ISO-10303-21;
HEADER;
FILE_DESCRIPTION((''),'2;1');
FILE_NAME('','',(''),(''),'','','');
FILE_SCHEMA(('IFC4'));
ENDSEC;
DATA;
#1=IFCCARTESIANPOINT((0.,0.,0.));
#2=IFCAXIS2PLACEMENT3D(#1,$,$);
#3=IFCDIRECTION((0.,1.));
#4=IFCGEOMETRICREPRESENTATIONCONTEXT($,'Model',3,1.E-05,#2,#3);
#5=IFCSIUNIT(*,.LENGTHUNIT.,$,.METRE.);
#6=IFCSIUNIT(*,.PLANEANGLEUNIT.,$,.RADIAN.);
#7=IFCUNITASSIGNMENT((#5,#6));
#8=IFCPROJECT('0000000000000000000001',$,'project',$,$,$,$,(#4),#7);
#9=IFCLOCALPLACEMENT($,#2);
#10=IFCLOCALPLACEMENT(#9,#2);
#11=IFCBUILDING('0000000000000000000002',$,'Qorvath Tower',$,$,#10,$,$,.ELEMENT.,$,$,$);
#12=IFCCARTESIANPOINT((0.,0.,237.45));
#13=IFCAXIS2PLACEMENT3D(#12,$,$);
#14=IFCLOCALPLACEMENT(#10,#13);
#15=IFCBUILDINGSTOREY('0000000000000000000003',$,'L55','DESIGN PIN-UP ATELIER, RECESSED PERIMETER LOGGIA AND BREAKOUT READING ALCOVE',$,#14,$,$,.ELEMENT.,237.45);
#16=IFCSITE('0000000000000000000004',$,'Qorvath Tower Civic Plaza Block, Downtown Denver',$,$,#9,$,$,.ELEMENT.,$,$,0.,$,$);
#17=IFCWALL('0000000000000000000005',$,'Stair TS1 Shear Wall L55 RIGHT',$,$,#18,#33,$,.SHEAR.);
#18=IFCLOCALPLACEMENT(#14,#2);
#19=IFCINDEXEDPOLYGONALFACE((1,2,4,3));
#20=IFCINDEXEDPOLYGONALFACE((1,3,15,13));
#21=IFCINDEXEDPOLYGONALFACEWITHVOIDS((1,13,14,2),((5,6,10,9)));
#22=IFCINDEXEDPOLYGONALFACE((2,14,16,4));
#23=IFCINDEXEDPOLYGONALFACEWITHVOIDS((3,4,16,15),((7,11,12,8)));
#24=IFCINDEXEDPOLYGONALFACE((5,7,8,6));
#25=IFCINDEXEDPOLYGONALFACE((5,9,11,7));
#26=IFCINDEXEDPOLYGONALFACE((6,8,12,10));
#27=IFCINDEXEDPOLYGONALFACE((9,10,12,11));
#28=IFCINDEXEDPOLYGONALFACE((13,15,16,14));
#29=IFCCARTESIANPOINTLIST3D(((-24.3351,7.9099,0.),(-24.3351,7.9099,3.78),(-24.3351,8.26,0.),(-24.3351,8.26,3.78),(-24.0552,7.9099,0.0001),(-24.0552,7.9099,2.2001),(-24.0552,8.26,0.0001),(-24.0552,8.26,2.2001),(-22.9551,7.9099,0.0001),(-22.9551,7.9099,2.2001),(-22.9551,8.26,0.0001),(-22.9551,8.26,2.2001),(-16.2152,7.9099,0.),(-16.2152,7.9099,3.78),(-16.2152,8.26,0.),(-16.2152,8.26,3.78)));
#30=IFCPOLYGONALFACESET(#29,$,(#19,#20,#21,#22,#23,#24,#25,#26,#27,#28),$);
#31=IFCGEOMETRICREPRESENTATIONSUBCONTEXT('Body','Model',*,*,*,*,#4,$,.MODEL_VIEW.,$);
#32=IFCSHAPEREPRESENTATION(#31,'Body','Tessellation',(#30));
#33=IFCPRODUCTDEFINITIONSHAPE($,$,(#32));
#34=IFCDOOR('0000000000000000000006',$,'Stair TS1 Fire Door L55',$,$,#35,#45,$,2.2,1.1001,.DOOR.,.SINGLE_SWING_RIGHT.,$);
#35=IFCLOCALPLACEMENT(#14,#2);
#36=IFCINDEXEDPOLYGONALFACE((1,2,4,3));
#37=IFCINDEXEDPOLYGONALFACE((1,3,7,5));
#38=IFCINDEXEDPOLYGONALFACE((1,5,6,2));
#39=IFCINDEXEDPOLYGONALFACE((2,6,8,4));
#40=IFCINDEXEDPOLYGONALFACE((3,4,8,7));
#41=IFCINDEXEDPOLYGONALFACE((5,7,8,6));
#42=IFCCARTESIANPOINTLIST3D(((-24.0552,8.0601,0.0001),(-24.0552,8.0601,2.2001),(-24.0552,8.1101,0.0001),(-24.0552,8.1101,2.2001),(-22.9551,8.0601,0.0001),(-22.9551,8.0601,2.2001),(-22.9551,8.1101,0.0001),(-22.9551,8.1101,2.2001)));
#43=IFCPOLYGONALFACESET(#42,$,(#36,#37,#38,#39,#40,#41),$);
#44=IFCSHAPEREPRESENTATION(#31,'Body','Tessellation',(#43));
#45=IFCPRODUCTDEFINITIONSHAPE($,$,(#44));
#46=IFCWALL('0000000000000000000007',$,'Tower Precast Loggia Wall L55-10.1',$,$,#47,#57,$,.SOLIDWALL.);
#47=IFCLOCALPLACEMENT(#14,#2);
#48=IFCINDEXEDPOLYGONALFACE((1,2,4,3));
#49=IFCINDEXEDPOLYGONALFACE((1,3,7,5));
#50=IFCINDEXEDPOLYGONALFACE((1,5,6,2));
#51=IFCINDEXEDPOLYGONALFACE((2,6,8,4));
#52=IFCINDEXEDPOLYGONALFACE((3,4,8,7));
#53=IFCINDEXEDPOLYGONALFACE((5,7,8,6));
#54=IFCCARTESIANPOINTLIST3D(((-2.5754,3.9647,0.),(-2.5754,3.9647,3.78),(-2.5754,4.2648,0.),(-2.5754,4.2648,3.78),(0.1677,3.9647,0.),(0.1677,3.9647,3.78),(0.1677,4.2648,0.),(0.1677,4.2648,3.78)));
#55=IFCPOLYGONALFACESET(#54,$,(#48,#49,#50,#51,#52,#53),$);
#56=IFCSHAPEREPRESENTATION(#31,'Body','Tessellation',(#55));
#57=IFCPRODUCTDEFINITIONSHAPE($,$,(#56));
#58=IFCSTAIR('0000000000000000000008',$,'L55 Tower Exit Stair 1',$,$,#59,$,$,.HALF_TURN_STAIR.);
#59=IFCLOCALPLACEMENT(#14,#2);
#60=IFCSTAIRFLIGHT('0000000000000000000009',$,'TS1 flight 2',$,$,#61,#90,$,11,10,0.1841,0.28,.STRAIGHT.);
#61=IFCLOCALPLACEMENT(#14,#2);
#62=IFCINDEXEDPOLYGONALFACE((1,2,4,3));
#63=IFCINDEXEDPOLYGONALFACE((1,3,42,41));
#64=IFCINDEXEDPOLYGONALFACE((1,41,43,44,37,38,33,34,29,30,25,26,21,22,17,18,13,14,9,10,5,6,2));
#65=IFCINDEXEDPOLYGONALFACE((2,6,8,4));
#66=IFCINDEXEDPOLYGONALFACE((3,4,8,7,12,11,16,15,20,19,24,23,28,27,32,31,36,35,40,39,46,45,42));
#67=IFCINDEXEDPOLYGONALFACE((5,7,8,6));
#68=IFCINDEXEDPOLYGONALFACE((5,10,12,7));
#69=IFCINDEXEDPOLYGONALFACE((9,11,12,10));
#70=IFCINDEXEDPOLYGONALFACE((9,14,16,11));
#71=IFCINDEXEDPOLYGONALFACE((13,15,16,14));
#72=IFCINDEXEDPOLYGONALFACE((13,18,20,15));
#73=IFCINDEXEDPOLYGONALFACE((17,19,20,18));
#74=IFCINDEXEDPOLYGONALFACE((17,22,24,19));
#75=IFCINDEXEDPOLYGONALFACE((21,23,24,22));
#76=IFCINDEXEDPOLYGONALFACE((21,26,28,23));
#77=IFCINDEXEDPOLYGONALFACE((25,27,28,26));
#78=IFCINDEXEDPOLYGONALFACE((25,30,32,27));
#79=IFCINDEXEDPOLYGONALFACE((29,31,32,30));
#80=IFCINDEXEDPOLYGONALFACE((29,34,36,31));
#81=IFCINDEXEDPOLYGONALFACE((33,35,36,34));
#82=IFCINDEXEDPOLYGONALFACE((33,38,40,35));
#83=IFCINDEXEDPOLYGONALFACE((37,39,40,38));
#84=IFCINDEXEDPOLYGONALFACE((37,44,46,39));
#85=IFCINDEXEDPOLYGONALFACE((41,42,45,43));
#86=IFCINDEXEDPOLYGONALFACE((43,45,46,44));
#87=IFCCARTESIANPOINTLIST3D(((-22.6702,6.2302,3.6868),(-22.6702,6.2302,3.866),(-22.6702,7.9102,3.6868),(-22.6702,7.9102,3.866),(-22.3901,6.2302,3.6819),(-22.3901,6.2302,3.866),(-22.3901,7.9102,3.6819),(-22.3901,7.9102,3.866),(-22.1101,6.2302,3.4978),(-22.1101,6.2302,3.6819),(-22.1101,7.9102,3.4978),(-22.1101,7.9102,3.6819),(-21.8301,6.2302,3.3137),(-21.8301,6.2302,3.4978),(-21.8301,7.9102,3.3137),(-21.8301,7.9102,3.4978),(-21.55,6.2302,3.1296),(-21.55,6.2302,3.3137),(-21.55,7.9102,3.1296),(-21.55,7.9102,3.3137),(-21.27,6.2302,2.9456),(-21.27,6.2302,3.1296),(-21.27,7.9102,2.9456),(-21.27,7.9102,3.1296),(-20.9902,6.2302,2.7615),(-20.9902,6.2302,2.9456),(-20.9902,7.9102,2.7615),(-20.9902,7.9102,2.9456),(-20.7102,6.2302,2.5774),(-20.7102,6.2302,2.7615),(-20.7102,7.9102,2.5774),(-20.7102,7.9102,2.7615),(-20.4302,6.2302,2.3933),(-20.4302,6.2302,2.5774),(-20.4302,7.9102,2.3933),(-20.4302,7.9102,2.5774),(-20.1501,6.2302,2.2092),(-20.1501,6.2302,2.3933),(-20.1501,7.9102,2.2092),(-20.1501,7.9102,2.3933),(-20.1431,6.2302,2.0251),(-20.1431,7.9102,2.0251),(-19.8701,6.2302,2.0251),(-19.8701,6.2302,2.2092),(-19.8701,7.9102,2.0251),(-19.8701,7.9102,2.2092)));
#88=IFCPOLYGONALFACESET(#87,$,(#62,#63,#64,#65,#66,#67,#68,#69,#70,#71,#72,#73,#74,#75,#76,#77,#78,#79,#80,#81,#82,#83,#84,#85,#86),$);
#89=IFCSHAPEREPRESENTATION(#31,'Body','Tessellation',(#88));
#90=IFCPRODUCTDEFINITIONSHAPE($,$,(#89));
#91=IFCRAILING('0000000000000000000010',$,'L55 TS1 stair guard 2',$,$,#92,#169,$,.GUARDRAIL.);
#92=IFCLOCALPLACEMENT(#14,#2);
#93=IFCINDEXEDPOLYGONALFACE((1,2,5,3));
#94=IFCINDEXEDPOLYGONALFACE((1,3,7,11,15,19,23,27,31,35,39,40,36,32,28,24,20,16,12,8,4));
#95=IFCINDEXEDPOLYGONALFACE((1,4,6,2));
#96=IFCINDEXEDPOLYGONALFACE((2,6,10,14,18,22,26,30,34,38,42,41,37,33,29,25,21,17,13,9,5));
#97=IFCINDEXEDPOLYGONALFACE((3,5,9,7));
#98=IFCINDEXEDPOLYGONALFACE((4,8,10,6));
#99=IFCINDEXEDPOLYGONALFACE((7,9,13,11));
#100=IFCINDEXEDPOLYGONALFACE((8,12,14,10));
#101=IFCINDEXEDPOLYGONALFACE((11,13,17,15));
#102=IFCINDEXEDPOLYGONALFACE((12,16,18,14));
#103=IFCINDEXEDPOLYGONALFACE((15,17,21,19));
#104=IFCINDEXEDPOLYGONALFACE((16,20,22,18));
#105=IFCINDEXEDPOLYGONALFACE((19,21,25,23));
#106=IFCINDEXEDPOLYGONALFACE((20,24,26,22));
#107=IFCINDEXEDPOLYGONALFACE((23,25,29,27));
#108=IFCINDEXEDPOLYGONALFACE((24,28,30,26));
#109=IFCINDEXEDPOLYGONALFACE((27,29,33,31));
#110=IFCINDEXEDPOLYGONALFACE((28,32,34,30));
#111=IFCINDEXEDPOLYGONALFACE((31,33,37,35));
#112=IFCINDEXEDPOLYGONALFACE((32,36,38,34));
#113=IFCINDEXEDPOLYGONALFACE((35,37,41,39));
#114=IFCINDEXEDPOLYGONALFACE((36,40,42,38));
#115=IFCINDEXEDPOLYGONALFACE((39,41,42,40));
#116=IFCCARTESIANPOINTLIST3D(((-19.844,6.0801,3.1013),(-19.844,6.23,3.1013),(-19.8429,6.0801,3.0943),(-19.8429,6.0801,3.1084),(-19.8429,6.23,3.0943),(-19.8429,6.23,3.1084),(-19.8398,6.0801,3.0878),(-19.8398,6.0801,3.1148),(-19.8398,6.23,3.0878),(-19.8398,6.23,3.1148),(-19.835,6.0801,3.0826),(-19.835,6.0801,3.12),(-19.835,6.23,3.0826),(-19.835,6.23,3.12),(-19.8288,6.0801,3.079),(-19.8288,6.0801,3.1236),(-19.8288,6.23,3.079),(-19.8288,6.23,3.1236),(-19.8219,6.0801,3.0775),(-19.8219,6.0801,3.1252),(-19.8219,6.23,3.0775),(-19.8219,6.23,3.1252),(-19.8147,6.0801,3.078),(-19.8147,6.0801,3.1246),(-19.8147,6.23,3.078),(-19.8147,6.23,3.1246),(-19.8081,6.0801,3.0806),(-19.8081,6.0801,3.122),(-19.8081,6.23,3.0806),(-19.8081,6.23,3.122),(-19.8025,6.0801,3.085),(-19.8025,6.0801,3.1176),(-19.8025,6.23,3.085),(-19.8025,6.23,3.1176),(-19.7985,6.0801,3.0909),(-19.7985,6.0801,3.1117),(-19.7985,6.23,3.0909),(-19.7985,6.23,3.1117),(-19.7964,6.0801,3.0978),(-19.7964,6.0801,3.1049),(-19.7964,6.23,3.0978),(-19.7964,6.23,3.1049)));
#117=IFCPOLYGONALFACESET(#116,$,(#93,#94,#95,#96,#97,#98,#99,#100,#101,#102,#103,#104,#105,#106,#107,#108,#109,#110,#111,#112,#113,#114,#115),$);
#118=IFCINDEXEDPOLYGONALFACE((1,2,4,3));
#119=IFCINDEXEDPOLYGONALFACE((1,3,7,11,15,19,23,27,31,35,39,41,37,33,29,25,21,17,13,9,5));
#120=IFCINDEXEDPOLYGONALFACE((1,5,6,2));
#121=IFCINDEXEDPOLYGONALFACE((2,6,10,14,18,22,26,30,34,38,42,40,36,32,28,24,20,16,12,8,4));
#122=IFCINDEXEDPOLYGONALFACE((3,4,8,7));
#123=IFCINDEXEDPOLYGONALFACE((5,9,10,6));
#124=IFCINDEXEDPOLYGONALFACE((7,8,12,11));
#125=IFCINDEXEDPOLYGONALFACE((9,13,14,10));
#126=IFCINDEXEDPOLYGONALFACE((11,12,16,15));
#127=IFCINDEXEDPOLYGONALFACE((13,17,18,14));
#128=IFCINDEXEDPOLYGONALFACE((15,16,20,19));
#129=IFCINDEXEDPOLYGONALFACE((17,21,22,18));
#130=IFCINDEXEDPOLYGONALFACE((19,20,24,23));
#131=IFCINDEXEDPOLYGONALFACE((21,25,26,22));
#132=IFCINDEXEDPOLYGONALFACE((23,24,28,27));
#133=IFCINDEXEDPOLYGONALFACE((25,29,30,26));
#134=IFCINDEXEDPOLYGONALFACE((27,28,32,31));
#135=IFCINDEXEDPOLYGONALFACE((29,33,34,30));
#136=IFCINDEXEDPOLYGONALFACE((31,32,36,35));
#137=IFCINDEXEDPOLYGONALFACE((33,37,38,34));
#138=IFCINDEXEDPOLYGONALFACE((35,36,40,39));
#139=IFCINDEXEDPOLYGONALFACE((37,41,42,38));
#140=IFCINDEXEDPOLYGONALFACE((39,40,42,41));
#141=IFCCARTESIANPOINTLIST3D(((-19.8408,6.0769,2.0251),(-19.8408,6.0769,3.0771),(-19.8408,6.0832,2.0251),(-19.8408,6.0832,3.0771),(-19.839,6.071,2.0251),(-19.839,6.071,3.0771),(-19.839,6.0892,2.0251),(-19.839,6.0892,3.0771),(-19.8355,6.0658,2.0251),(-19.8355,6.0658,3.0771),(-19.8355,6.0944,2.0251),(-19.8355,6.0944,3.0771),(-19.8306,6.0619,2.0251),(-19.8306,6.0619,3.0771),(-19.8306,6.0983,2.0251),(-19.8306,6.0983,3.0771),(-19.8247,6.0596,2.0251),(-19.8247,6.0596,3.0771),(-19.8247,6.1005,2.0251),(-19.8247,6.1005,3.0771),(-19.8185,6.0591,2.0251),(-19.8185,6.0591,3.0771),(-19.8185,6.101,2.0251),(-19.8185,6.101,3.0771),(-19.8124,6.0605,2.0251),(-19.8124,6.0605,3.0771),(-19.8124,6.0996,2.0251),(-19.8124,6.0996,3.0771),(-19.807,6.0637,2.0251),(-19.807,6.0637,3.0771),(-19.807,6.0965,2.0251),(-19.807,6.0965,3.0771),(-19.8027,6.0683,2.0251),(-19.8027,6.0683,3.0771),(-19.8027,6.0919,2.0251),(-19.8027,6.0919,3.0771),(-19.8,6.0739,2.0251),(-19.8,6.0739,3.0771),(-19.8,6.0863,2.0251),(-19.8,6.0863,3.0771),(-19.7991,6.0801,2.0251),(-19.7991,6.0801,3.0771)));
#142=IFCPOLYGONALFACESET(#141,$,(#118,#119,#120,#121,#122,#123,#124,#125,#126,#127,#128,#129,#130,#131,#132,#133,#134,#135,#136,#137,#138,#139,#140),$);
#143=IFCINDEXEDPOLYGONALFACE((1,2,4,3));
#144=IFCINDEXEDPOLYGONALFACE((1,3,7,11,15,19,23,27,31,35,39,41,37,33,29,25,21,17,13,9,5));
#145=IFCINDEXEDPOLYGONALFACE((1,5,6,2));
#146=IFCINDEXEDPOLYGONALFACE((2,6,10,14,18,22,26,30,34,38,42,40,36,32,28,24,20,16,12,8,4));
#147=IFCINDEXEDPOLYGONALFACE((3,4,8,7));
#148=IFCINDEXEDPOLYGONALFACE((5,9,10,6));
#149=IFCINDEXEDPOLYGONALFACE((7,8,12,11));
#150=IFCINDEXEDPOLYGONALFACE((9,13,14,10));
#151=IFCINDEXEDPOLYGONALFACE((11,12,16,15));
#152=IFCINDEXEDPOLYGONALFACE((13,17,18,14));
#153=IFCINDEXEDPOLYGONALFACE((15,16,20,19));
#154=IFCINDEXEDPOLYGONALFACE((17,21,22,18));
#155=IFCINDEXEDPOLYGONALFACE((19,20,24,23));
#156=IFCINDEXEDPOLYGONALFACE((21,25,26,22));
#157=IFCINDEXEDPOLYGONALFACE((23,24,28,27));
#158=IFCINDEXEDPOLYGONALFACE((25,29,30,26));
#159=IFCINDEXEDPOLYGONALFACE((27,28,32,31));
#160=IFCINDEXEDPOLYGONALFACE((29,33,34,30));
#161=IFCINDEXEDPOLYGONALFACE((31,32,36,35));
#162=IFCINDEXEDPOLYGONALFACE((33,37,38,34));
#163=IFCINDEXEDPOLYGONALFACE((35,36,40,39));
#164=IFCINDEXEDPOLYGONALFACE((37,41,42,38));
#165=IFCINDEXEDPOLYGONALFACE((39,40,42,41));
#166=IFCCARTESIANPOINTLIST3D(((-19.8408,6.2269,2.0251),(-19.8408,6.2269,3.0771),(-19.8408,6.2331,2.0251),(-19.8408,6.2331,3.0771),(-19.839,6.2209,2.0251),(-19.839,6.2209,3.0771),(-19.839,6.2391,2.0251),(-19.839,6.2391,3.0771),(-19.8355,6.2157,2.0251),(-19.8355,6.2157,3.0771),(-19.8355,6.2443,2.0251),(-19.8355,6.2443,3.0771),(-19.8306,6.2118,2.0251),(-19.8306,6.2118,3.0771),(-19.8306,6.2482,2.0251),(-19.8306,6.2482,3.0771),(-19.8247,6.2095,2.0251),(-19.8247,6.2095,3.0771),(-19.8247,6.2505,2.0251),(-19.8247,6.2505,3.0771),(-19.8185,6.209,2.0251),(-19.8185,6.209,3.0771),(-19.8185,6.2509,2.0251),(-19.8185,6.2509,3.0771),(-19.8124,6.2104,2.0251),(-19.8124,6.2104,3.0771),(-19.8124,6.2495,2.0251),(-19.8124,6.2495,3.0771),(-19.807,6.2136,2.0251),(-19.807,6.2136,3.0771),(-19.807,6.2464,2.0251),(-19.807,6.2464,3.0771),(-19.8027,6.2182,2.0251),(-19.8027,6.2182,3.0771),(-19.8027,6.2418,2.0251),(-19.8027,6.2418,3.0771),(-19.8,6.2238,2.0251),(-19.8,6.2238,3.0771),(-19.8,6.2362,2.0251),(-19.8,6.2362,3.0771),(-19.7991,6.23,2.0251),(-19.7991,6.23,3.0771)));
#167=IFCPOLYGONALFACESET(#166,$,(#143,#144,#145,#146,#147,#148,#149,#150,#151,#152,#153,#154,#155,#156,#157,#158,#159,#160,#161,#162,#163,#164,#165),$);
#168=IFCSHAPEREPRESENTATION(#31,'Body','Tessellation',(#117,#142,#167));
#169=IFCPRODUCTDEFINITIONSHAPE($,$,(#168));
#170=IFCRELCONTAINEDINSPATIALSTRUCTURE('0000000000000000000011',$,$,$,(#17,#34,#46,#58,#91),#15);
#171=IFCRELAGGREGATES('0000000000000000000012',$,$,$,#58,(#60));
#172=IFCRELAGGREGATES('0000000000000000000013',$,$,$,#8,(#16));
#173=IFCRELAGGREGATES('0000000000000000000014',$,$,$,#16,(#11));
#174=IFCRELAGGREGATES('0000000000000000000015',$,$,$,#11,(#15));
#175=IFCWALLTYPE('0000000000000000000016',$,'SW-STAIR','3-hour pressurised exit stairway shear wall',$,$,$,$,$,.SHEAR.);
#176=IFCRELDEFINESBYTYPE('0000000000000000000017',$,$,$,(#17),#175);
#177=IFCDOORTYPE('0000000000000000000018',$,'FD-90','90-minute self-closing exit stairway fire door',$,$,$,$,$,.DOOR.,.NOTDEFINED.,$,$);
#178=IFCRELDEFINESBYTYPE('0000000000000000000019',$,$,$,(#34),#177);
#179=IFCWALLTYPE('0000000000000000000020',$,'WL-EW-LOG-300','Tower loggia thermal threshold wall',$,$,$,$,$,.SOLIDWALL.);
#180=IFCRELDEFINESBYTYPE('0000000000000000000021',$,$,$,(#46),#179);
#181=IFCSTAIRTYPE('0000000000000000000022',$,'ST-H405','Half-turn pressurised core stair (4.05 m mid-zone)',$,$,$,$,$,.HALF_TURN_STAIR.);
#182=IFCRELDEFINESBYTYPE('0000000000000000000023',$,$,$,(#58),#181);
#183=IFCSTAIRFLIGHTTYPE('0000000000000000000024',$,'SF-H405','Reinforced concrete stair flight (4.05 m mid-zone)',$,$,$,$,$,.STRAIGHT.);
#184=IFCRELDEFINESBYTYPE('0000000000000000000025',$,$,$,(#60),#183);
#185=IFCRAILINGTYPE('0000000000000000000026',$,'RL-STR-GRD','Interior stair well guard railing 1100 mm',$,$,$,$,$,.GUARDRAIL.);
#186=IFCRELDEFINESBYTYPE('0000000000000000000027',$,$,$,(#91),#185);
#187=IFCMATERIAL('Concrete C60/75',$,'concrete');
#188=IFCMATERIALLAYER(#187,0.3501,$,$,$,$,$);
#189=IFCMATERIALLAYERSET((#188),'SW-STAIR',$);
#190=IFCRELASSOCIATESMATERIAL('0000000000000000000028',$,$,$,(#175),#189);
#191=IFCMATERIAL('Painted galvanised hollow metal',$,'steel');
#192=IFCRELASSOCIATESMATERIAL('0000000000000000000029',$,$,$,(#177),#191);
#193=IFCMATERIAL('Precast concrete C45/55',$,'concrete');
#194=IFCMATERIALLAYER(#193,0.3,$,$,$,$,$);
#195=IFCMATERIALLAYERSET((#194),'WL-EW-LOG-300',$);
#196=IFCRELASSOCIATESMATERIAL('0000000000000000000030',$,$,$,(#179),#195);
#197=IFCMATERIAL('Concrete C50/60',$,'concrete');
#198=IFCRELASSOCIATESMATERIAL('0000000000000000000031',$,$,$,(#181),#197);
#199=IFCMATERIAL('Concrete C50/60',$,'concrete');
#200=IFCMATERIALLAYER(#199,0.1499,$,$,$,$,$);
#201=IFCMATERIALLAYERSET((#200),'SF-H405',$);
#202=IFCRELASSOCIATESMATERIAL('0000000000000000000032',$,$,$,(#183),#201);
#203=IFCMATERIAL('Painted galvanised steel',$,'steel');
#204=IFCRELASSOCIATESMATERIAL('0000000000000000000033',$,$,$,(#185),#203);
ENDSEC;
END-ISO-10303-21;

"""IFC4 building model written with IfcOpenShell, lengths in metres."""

from ifc_helpers import new_model, si_unit, direction, frame, frame_2d, origin, origin_2d, place, context, subcontext, project, spatial, polyline, rectangle, circle, outline, extrude, material, layer, layer_set, type_object, element, fill, aggregate, save


model = new_model("IFC4")

# Units and contexts
model_context = context("Model", 3, precision=1e-05, world=origin(), true_north=direction((0.0, 1.0)))
body_context = subcontext(model_context, "Body", "Model", "MODEL_VIEW")
ifc_project = project(units=[si_unit("LENGTHUNIT", "METRE"), si_unit("PLANEANGLEUNIT", "RADIAN")], contexts=[model_context])

# Site, building, storey
site_placement = place(None, origin())
site = spatial("IfcSite", under=ifc_project, at=site_placement, Name="Qorvath Tower Civic Plaza Block, Downtown Denver", CompositionType="ELEMENT", RefElevation=0.0)
building_placement = place(site_placement, origin())
building = spatial("IfcBuilding", under=site, at=building_placement, Name="Qorvath Tower", CompositionType="ELEMENT")
storey_placement = place(building_placement, frame((0.0, 0.0, 237.45)))
storey = spatial("IfcBuildingStorey", under=building, at=storey_placement, Name="L55", Description="DESIGN PIN-UP ATELIER, RECESSED PERIMETER LOGGIA AND BREAKOUT READING ALCOVE", CompositionType="ELEMENT", Elevation=237.45)

# Wall, opening, door
ifc_material_1 = material(Name="Concrete C60/75", Category="concrete")
ifc_layer_1 = layer(ifc_material_1, 0.3501)
ifc_layer_set_1 = layer_set([ifc_layer_1], Name="SW-STAIR")
wall_type_1 = type_object("IfcWallType", Name="SW-STAIR", Description="3-hour pressurised exit stairway shear wall", PredefinedType="SHEAR", material=ifc_layer_set_1)
wall_1_placement = place(storey_placement, frame((-16.2151, 8.085, 0.0), z_axis=(0.0, 0.0, 1.0), x_axis=(-1.0, 0.0, 0.0)))
wall_1 = element("IfcWall", 1, at=wall_1_placement, inside=storey, type_object=wall_type_1, Name="Stair TS1 Shear Wall L55 RIGHT", PredefinedType="SHEAR", context=body_context, shape_type="SweptSolid", body=[
    extrude(rectangle(XDim=8.1199, YDim=0.3501, at=frame_2d((4.0601, 0.0))), origin(), (0.0, 0.0, 1.0), 3.78),
])
opening_1_placement = place(wall_1_placement, frame((6.74, 0.0, 0.0)))
opening_1 = element("IfcOpeningElement", 2, at=opening_1_placement, cuts=wall_1, PredefinedType="OPENING", context=body_context, shape_type="SweptSolid", body=[
    extrude(rectangle(XDim=1.1001, YDim=2.2, at=frame_2d((0.55, 1.1001))), frame((0.0, 0.1851, 0.0), z_axis=(0.0, -1.0, 0.0), x_axis=(1.0, 0.0, 0.0)), (0.0, 0.0, 1.0), 0.3701),
])
ifc_material_2 = material(Name="Painted galvanised hollow metal", Category="steel")
door_type_1 = type_object("IfcDoorType", Name="FD-90", Description="90-minute self-closing exit stairway fire door", OperationType="NOTDEFINED", PredefinedType="DOOR", material=ifc_material_2)
door_1_placement = place(opening_1_placement, origin())
door_1 = element("IfcDoor", 3, at=door_1_placement, inside=storey, type_object=door_type_1, Name="Stair TS1 Fire Door L55", OperationType="SINGLE_SWING_RIGHT", OverallHeight=2.2, OverallWidth=1.1001, PredefinedType="DOOR", context=body_context, shape_type="SweptSolid", body=[
    extrude(rectangle(XDim=1.1001, YDim=2.2, at=frame_2d((0.55, 1.1001))), frame((0.0, 0.0249, 0.0), z_axis=(0.0, -1.0, 0.0), x_axis=(1.0, 0.0, 0.0)), (0.0, 0.0, 1.0), 0.05),
])
fill(opening_1, door_1)

# Wall
ifc_material_3 = material(Name="Precast concrete C45/55", Category="concrete")
ifc_layer_2 = layer(ifc_material_3, 0.3)
ifc_layer_set_2 = layer_set([ifc_layer_2], Name="WL-EW-LOG-300")
wall_type_2 = type_object("IfcWallType", Name="WL-EW-LOG-300", Description="Tower loggia thermal threshold wall", PredefinedType="SOLIDWALL", material=ifc_layer_set_2)
wall_2_placement = place(storey_placement, frame((-2.5754, 4.1147, 0.0), z_axis=(0.0, 0.0, 1.0), x_axis=(1.0, 0.0, 0.0)))
element("IfcWall", 4, at=wall_2_placement, inside=storey, type_object=wall_type_2, Name="Tower Precast Loggia Wall L55-10.1", PredefinedType="SOLIDWALL", context=body_context, shape_type="SweptSolid", body=[
    extrude(rectangle(XDim=2.7432, YDim=0.3, at=frame_2d((1.3716, 0.0))), origin(), (0.0, 0.0, 1.0), 3.78),
])

# Stair, stair flight
ifc_material_4 = material(Name="Concrete C50/60", Category="concrete")
stair_type = type_object("IfcStairType", Name="ST-H405", Description="Half-turn pressurised core stair (4.05 m mid-zone)", PredefinedType="HALF_TURN_STAIR", material=ifc_material_4)
stair_placement = place(storey_placement, origin())
stair = element("IfcStair", 5, at=stair_placement, inside=storey, type_object=stair_type, Name="L55 Tower Exit Stair 1", PredefinedType="HALF_TURN_STAIR")
ifc_material_5 = material(Name="Concrete C50/60", Category="concrete")
ifc_layer_3 = layer(ifc_material_5, 0.1499)
ifc_layer_set_3 = layer_set([ifc_layer_3], Name="SF-H405")
stair_flight_type = type_object("IfcStairFlightType", Name="SF-H405", Description="Reinforced concrete stair flight (4.05 m mid-zone)", PredefinedType="STRAIGHT", material=ifc_layer_set_3)
stair_flight_placement = place(storey_placement, frame((-19.8701, 7.0701, 2.0251), z_axis=(0.0, 0.0, 1.0), x_axis=(-1.0, 0.0, 0.0)))
stair_flight = element("IfcStairFlight", 6, at=stair_flight_placement, type_object=stair_flight_type, Name="TS1 flight 2", NumberOfRisers=11, NumberOfTreads=10, PredefinedType="STRAIGHT", RiserHeight=0.1841, TreadLength=0.28, context=body_context, shape_type="SweptSolid", body=[
    extrude(outline(polyline([(0.0, 0.0), (0.0, 0.1841), (0.28, 0.1841), (0.28, 0.3682), (0.5601, 0.3682), (0.5601, 0.5522), (0.8401, 0.5522), (0.8401, 0.7363), (1.1201, 0.7363), (1.1201, 0.9204), (1.3999, 0.9204), (1.3999, 1.1045), (1.6799, 1.1045), (1.6799, 1.2886), (1.96, 1.2886), (1.96, 1.4727), (2.24, 1.4727), (2.24, 1.6567), (2.52, 1.6567), (2.52, 1.8408), (2.8, 1.8408), (2.8, 2.0249), (2.8, 1.6616), (0.2729, 0.0), (0.0, 0.0)])), frame((0.0, 0.8398, 0.0), z_axis=(0.0, -1.0, 0.0), x_axis=(1.0, 0.0, 0.0)), (0.0, 0.0, 1.0), 1.6799),
])
aggregate(stair, [stair_flight])

# Railing
ifc_material_6 = material(Name="Painted galvanised steel", Category="steel")
railing_type_1 = type_object("IfcRailingType", Name="RL-STR-GRD", Description="Interior stair well guard railing 1100 mm", PredefinedType="GUARDRAIL", material=ifc_material_6)
railing_1_placement = place(storey_placement, frame((-19.8201, 6.0801, 2.0251)))
element("IfcRailing", 7, at=railing_1_placement, inside=storey, type_object=railing_type_1, Name="L55 TS1 stair guard 2", PredefinedType="GUARDRAIL", context=body_context, shape_type="SweptSolid", body=[
    extrude(circle(Radius=0.0239, at=origin_2d()), frame((0.0, 0.0, 1.0762), z_axis=(0.0, 1.0, 0.0), x_axis=(-1.0, 0.0, 0.0)), (0.0, 0.0, 1.0), 0.1499),
    extrude(circle(Radius=0.021, at=origin_2d()), origin(), (0.0, 0.0, 1.0), 1.052),
    extrude(circle(Radius=0.021, at=origin_2d()), frame((0.0, 0.1499, 0.0)), (0.0, 0.0, 1.0), 1.052),
])

save(model, "model.ifc")
